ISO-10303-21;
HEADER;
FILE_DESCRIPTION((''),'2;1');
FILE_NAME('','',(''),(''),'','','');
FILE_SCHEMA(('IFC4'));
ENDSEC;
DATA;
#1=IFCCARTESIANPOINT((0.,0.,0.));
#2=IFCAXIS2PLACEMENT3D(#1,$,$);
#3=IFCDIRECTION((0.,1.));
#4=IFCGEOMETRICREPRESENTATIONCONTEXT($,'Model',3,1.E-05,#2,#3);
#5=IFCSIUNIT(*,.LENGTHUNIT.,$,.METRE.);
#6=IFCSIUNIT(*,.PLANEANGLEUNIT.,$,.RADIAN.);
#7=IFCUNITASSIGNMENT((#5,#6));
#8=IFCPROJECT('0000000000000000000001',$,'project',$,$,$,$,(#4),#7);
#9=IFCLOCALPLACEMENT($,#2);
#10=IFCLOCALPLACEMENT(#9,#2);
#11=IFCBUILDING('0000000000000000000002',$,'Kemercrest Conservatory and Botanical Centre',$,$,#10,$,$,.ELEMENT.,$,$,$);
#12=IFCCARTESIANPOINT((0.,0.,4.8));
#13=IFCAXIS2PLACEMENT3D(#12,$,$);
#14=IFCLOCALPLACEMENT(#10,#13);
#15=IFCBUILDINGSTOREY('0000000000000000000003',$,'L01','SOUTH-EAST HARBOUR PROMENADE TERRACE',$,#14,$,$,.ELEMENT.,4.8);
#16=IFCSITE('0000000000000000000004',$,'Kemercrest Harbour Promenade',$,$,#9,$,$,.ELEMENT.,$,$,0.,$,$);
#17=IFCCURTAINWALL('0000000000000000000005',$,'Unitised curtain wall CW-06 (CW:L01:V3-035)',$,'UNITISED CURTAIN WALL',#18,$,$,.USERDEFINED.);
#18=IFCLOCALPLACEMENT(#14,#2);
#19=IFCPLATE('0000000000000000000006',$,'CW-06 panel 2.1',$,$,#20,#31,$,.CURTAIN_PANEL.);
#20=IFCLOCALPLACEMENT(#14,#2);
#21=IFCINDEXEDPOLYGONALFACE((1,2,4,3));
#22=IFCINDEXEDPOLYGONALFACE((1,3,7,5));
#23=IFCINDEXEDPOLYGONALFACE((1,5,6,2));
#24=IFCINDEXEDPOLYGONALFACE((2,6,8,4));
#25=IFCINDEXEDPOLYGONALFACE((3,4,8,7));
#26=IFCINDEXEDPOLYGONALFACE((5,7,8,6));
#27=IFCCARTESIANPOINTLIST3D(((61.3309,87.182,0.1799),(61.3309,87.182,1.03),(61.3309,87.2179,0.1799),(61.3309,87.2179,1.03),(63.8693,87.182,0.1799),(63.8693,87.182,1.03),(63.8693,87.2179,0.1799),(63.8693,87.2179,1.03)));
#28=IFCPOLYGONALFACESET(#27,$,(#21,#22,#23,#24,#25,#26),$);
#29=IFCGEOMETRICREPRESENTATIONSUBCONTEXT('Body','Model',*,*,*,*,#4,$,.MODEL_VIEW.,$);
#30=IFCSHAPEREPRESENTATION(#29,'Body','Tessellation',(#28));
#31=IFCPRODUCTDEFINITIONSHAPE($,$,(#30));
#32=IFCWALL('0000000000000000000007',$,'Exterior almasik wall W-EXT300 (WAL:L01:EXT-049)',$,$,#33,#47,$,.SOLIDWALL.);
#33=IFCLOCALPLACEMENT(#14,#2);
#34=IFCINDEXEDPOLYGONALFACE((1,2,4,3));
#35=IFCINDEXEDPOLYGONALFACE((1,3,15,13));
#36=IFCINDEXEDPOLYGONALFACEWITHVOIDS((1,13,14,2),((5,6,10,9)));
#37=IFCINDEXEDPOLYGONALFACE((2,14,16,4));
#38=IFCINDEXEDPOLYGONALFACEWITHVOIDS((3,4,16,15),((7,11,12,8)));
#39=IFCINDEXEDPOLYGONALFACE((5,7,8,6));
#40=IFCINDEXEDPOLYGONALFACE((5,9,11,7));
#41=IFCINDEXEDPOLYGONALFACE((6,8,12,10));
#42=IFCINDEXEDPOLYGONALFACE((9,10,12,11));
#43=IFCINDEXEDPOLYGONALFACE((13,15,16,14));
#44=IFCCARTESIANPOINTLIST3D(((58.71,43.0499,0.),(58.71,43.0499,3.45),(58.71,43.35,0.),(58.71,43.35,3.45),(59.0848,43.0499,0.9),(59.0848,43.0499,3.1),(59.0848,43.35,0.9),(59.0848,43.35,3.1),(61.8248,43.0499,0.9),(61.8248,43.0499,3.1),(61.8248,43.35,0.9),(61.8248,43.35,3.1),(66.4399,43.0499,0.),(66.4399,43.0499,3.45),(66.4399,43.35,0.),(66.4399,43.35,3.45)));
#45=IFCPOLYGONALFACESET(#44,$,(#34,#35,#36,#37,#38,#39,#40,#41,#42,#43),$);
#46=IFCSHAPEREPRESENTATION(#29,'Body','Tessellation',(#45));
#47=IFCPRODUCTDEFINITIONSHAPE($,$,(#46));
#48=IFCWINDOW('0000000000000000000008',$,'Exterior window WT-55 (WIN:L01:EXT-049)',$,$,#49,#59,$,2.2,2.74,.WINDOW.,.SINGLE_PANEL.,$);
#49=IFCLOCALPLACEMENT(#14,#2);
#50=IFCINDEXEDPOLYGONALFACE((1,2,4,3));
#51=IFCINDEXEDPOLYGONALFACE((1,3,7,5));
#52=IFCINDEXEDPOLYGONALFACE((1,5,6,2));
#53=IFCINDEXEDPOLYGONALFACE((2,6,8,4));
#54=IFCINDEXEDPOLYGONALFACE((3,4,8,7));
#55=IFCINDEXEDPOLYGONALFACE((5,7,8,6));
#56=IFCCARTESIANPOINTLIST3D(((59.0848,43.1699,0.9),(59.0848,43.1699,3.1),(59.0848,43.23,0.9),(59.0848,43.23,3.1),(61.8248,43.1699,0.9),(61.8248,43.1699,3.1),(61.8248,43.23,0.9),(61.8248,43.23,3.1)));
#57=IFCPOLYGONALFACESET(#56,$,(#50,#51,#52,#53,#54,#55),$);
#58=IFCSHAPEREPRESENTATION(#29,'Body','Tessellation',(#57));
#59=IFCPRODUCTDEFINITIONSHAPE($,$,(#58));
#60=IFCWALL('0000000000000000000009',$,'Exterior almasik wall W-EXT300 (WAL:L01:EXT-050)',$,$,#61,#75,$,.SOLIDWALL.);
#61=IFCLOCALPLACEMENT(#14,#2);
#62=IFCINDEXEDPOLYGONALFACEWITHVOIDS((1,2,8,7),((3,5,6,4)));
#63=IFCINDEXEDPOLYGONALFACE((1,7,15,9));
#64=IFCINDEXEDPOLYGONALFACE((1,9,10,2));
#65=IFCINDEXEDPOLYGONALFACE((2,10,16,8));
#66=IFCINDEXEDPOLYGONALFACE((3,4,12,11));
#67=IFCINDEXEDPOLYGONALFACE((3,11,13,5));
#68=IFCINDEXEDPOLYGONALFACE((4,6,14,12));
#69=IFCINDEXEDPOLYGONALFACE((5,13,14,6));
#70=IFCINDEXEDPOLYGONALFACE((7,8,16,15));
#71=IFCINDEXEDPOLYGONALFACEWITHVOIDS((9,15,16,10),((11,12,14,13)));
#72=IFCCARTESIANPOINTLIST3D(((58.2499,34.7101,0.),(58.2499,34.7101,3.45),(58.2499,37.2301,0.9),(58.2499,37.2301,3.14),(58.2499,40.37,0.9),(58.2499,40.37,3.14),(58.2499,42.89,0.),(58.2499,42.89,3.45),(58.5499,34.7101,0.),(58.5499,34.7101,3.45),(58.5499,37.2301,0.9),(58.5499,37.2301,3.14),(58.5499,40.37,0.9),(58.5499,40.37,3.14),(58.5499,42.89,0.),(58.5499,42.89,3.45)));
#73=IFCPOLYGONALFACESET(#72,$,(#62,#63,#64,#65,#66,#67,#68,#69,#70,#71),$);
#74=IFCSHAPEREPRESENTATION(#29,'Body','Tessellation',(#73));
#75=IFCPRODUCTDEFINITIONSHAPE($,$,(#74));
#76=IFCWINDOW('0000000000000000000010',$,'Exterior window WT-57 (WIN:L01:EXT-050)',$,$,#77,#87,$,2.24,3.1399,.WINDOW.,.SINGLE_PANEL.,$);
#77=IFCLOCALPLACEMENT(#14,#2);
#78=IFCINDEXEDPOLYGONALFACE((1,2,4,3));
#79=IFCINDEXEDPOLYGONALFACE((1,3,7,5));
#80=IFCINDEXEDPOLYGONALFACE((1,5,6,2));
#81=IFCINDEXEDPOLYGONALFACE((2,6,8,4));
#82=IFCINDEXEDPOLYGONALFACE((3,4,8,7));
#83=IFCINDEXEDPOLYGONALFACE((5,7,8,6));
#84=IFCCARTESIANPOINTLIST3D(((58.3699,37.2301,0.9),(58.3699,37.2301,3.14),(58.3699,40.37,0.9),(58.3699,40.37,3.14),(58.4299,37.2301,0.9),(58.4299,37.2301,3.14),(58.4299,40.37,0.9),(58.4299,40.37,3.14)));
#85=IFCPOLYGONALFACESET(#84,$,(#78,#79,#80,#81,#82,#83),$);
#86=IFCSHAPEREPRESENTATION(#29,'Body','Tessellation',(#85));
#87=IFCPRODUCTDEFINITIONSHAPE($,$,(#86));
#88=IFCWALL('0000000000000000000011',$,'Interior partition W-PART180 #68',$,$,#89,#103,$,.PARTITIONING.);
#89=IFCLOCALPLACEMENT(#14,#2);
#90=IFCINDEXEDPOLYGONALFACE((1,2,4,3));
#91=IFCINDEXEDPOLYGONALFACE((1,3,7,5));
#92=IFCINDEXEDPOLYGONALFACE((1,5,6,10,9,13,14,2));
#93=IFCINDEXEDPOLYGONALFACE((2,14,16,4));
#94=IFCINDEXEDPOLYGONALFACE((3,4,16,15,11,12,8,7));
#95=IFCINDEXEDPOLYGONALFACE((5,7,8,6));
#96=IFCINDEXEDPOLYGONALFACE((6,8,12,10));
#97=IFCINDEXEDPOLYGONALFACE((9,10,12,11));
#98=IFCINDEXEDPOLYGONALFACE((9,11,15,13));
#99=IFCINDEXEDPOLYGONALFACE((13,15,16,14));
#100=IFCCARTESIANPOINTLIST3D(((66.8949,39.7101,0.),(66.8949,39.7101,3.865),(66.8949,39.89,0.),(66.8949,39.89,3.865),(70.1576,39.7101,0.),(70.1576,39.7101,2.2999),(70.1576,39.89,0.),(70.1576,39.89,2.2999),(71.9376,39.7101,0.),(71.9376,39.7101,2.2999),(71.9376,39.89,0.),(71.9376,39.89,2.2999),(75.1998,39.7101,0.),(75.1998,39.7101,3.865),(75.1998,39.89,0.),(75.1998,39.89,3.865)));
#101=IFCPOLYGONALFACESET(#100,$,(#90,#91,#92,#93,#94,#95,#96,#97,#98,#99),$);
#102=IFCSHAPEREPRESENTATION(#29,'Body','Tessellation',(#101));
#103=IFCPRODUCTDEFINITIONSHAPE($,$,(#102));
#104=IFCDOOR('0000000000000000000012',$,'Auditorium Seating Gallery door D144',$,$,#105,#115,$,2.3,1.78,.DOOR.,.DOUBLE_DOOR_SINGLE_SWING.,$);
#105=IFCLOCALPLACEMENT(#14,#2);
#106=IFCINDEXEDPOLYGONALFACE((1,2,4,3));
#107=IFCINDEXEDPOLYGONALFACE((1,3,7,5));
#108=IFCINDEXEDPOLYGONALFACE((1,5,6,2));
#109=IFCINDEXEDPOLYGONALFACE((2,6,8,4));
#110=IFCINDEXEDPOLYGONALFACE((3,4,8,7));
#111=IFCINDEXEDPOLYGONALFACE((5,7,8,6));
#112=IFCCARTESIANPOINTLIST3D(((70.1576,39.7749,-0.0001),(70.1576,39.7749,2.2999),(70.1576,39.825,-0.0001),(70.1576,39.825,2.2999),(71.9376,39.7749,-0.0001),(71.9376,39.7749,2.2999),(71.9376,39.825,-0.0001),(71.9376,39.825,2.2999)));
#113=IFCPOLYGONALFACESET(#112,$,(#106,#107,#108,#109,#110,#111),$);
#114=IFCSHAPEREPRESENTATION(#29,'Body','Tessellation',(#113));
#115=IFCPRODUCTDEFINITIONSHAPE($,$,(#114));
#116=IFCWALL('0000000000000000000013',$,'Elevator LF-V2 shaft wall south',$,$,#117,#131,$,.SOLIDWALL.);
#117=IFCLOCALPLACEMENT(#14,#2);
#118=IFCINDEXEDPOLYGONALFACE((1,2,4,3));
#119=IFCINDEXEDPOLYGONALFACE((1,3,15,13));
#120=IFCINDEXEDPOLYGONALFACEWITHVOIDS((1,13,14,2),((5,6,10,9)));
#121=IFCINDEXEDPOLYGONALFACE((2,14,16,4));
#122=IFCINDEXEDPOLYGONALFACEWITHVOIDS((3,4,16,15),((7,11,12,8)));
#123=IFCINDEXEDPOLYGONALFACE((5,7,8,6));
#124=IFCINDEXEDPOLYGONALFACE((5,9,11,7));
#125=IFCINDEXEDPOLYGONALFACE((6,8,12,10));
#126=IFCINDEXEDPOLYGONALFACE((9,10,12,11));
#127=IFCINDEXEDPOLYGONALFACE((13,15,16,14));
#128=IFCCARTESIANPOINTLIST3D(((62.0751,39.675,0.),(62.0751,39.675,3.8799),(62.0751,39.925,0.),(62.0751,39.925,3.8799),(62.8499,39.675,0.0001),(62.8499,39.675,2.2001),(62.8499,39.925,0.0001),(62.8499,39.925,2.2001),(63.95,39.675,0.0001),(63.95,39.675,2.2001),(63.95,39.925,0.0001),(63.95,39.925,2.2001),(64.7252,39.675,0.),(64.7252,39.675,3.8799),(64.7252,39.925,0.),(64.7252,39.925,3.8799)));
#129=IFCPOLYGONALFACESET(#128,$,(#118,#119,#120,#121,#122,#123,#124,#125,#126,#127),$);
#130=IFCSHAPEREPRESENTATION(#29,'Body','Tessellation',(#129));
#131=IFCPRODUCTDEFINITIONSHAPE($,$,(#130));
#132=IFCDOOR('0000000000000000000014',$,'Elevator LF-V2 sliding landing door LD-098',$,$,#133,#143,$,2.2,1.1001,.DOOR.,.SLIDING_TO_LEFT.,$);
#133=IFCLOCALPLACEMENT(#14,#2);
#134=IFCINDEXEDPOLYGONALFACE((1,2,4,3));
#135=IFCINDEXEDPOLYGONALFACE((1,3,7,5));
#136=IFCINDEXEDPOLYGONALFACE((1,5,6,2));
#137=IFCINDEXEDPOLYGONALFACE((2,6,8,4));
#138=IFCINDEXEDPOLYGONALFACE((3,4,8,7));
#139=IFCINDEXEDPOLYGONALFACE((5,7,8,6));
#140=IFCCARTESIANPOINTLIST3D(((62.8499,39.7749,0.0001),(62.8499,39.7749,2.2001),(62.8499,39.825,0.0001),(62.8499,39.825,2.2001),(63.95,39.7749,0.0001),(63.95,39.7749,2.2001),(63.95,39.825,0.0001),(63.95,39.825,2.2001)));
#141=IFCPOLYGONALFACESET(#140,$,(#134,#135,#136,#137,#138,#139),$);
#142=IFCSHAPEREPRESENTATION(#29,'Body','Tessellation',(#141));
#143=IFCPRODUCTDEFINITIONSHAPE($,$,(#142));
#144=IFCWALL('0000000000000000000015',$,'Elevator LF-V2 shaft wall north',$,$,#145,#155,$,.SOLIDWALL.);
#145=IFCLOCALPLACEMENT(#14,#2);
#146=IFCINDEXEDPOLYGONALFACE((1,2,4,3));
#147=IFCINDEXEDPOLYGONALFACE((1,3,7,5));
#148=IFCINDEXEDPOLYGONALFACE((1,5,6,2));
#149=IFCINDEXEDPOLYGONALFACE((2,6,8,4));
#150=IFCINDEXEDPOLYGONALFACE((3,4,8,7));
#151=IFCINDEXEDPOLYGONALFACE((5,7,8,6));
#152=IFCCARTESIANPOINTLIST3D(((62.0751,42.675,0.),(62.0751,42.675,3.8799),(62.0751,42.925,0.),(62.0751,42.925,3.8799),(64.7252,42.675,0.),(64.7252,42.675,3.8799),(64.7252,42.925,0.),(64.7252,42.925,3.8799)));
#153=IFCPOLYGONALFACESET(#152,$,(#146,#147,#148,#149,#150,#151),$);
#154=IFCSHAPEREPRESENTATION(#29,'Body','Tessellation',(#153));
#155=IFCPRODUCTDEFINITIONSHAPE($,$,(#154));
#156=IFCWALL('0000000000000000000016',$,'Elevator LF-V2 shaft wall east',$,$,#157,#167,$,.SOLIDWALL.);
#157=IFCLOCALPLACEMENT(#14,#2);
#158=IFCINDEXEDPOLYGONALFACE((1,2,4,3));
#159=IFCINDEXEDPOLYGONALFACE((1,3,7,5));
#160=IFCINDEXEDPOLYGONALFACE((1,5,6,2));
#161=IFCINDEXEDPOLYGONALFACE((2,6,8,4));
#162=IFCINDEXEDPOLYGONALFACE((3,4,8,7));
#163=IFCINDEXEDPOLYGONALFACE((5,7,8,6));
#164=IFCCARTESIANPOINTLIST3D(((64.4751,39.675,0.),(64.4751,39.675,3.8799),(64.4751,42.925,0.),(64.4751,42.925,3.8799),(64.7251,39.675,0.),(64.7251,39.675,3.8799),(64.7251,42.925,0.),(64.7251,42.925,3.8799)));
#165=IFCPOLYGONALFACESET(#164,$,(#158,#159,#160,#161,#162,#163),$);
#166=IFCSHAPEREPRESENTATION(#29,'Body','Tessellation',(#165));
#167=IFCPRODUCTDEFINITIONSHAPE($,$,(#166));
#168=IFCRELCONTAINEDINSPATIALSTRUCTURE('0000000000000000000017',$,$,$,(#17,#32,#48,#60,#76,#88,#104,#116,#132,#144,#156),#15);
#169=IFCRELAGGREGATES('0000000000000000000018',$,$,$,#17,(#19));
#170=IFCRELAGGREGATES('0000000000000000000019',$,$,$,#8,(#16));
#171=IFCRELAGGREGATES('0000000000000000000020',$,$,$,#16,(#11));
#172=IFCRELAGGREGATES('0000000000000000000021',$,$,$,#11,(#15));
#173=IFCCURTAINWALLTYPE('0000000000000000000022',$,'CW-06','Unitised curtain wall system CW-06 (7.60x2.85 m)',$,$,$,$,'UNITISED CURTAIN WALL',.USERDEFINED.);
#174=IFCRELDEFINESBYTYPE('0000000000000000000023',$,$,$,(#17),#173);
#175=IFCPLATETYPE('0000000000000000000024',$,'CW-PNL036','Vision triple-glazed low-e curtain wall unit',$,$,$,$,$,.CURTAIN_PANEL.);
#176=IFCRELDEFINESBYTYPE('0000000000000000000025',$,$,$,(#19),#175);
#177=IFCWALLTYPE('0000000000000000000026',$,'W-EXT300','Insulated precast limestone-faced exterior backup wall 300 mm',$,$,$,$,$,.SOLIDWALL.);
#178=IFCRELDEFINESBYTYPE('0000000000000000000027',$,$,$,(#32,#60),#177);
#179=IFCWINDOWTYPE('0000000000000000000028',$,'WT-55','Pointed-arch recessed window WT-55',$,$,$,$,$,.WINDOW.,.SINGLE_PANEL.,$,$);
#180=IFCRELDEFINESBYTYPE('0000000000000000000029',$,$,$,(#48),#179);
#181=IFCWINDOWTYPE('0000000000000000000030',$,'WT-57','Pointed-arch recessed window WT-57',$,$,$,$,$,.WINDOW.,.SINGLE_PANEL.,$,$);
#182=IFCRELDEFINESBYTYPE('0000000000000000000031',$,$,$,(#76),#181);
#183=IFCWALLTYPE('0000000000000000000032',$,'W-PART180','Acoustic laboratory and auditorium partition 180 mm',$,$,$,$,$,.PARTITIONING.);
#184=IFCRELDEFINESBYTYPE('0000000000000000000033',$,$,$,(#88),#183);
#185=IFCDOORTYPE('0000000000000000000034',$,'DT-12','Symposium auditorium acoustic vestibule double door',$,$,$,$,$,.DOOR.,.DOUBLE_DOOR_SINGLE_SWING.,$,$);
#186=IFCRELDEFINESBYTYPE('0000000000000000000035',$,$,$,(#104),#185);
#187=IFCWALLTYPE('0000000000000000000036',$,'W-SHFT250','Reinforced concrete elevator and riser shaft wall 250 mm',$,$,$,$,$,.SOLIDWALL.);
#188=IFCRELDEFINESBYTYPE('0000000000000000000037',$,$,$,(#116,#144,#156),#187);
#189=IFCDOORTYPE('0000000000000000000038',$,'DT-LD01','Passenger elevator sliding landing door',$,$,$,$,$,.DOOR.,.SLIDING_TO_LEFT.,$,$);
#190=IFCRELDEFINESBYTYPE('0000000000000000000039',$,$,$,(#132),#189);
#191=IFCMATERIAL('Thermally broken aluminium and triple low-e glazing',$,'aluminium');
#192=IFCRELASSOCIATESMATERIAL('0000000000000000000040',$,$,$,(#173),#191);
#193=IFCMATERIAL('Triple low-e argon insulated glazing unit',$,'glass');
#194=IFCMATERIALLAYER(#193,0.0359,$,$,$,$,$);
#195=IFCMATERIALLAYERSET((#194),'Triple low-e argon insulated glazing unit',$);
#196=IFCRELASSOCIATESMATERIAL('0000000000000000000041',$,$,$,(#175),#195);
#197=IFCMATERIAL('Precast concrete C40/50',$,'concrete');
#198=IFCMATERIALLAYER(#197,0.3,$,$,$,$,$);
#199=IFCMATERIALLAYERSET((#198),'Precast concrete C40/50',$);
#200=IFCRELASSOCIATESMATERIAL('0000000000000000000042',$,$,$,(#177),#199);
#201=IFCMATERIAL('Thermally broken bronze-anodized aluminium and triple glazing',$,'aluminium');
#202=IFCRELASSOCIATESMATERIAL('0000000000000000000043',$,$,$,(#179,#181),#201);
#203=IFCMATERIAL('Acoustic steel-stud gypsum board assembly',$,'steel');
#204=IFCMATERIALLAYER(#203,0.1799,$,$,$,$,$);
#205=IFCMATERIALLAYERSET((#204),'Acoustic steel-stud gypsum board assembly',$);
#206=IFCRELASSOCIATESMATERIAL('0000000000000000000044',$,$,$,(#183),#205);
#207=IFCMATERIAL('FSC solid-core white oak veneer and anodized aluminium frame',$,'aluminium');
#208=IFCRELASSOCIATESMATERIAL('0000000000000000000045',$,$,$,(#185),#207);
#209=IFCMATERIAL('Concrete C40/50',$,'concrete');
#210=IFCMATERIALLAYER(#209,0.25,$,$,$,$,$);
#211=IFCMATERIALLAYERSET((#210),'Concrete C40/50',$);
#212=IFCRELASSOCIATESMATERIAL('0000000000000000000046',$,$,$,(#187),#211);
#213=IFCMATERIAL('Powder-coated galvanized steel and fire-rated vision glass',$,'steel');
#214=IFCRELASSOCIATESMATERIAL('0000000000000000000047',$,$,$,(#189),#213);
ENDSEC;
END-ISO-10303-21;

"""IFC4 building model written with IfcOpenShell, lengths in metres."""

from ifc_helpers import new_model, si_unit, direction, frame, frame_2d, origin, origin_2d, place, context, subcontext, project, spatial, rectangle, extrude, material, layer, layer_set, type_object, element, fill, aggregate, save


model = new_model("IFC4")

# Units and contexts
model_context = context("Model", 3, precision=1e-05, world=origin(), true_north=direction((0.0, 1.0)))
body_context = subcontext(model_context, "Body", "Model", "MODEL_VIEW")
ifc_project = project(units=[si_unit("LENGTHUNIT", "METRE"), si_unit("PLANEANGLEUNIT", "RADIAN")], contexts=[model_context])

# Site, building, storey
site_placement = place(None, origin())
site = spatial("IfcSite", under=ifc_project, at=site_placement, Name="Kemercrest Harbour Promenade", CompositionType="ELEMENT", RefElevation=0.0)
building_placement = place(site_placement, origin())
building = spatial("IfcBuilding", under=site, at=building_placement, Name="Kemercrest Conservatory and Botanical Centre", CompositionType="ELEMENT")
storey_placement = place(building_placement, frame((0.0, 0.0, 4.8)))
storey = spatial("IfcBuildingStorey", under=building, at=storey_placement, Name="L01", Description="SOUTH-EAST HARBOUR PROMENADE TERRACE", CompositionType="ELEMENT", Elevation=4.8)

# Shared definitions
ifc_material_1 = material(Name="Concrete C40/50", Category="concrete")

# Curtain wall
ifc_material_2 = material(Name="Thermally broken aluminium and triple low-e glazing", Category="aluminium")
curtain_wall_type = type_object("IfcCurtainWallType", Name="CW-06", Description="Unitised curtain wall system CW-06 (7.60x2.85 m)", ElementType="UNITISED CURTAIN WALL", PredefinedType="USERDEFINED", material=ifc_material_2)
curtain_wall_placement = place(storey_placement, origin())
curtain_wall = element("IfcCurtainWall", 1, at=curtain_wall_placement, inside=storey, type_object=curtain_wall_type, Name="Unitised curtain wall CW-06 (CW:L01:V3-035)", ObjectType="UNITISED CURTAIN WALL", PredefinedType="USERDEFINED")

# Plate
ifc_material_3 = material(Name="Triple low-e argon insulated glazing unit", Category="glass")
ifc_layer_1 = layer(ifc_material_3, 0.0359)
ifc_layer_set_1 = layer_set([ifc_layer_1], Name="Triple low-e argon insulated glazing unit")
plate_type = type_object("IfcPlateType", Name="CW-PNL036", Description="Vision triple-glazed low-e curtain wall unit", PredefinedType="CURTAIN_PANEL", material=ifc_layer_set_1)
plate_1_placement = place(storey_placement, frame((62.6001, 87.2, 0.1799), z_axis=(0.0, 0.0, 1.0), x_axis=(1.0, 0.0, 0.0)))
plate_1 = element("IfcPlate", 2, at=plate_1_placement, type_object=plate_type, Name="CW-06 panel 2.1", PredefinedType="CURTAIN_PANEL", context=body_context, shape_type="SweptSolid", body=[
    extrude(rectangle(XDim=2.5383, YDim=0.0359, at=origin_2d()), origin(), (0.0, 0.0, 1.0), 0.8501),
])
aggregate(curtain_wall, [plate_1])

# Walls, openings, windows
ifc_material_4 = material(Name="Precast concrete C40/50", Category="concrete")
ifc_layer_2 = layer(ifc_material_4, 0.3)
ifc_layer_set_2 = layer_set([ifc_layer_2], Name="Precast concrete C40/50")
wall_type_1 = type_object("IfcWallType", Name="W-EXT300", Description="Insulated precast limestone-faced exterior backup wall 300 mm", PredefinedType="SOLIDWALL", material=ifc_layer_set_2)
wall_1_placement = place(storey_placement, frame((66.4399, 43.2, 0.0), z_axis=(0.0, 0.0, 1.0), x_axis=(-1.0, 0.0, 0.0)))
wall_1 = element("IfcWall", 3, at=wall_1_placement, inside=storey, type_object=wall_type_1, Name="Exterior almasik wall W-EXT300 (WAL:L01:EXT-049)", PredefinedType="SOLIDWALL", context=body_context, shape_type="SweptSolid", body=[
    extrude(rectangle(XDim=7.73, YDim=0.3, at=frame_2d((3.865, 0.0))), origin(), (0.0, 0.0, 1.0), 3.45),
])
opening_1_placement = place(wall_1_placement, frame((4.615, 0.0, 0.8999)))
opening_1 = element("IfcOpeningElement", 4, at=opening_1_placement, cuts=wall_1, PredefinedType="OPENING", context=body_context, shape_type="SweptSolid", body=[
    extrude(rectangle(XDim=2.74, YDim=2.2, at=frame_2d((1.3701, 1.1001))), frame((0.0, 0.1602, 0.0), z_axis=(0.0, -1.0, 0.0), x_axis=(1.0, 0.0, 0.0)), (0.0, 0.0, 1.0), 0.3201),
])
ifc_material_5 = material(Name="Thermally broken bronze-anodized aluminium and triple glazing", Category="aluminium")
window_type_1 = type_object("IfcWindowType", Name="WT-55", Description="Pointed-arch recessed window WT-55", PartitioningType="SINGLE_PANEL", PredefinedType="WINDOW", material=ifc_material_5)
window_1_placement = place(opening_1_placement, origin())
window_1 = element("IfcWindow", 5, at=window_1_placement, inside=storey, type_object=window_type_1, Name="Exterior window WT-55 (WIN:L01:EXT-049)", OverallHeight=2.2, OverallWidth=2.74, PartitioningType="SINGLE_PANEL", PredefinedType="WINDOW", context=body_context, shape_type="SweptSolid", body=[
    extrude(rectangle(XDim=2.74, YDim=2.2, at=frame_2d((1.3701, 1.1001))), frame((0.0, 0.03, 0.0), z_axis=(0.0, -1.0, 0.0), x_axis=(1.0, 0.0, 0.0)), (0.0, 0.0, 1.0), 0.0601),
])
fill(opening_1, window_1)
wall_2_placement = place(storey_placement, frame((58.3999, 42.8899, 0.0), z_axis=(0.0, 0.0, 1.0), x_axis=(0.0, -1.0, 0.0)))
wall_2 = element("IfcWall", 6, at=wall_2_placement, inside=storey, type_object=wall_type_1, Name="Exterior almasik wall W-EXT300 (WAL:L01:EXT-050)", PredefinedType="SOLIDWALL", context=body_context, shape_type="SweptSolid", body=[
    extrude(rectangle(XDim=8.1799, YDim=0.3, at=frame_2d((4.0898, 0.0))), origin(), (0.0, 0.0, 1.0), 3.45),
])
opening_2_placement = place(wall_2_placement, frame((2.52, 0.0, 0.8999)))
opening_2 = element("IfcOpeningElement", 7, at=opening_2_placement, cuts=wall_2, PredefinedType="OPENING", context=body_context, shape_type="SweptSolid", body=[
    extrude(rectangle(XDim=3.1399, YDim=2.24, at=frame_2d((1.5698, 1.1201))), frame((0.0, 0.1602, 0.0), z_axis=(0.0, -1.0, 0.0), x_axis=(1.0, 0.0, 0.0)), (0.0, 0.0, 1.0), 0.3201),
])
window_type_2 = type_object("IfcWindowType", Name="WT-57", Description="Pointed-arch recessed window WT-57", PartitioningType="SINGLE_PANEL", PredefinedType="WINDOW", material=ifc_material_5)
window_2_placement = place(opening_2_placement, origin())
window_2 = element("IfcWindow", 8, at=window_2_placement, inside=storey, type_object=window_type_2, Name="Exterior window WT-57 (WIN:L01:EXT-050)", OverallHeight=2.24, OverallWidth=3.1399, PartitioningType="SINGLE_PANEL", PredefinedType="WINDOW", context=body_context, shape_type="SweptSolid", body=[
    extrude(rectangle(XDim=3.1399, YDim=2.24, at=frame_2d((1.5698, 1.1201))), frame((0.0, 0.03, 0.0), z_axis=(0.0, -1.0, 0.0), x_axis=(1.0, 0.0, 0.0)), (0.0, 0.0, 1.0), 0.0601),
])
fill(opening_2, window_2)

# Walls, openings, doors
ifc_material_6 = material(Name="Acoustic steel-stud gypsum board assembly", Category="steel")
ifc_layer_3 = layer(ifc_material_6, 0.1799)
ifc_layer_set_3 = layer_set([ifc_layer_3], Name="Acoustic steel-stud gypsum board assembly")
wall_type_2 = type_object("IfcWallType", Name="W-PART180", Description="Acoustic laboratory and auditorium partition 180 mm", PredefinedType="PARTITIONING", material=ifc_layer_set_3)
wall_3_placement = place(storey_placement, frame((66.895, 39.8, 0.0), z_axis=(0.0, 0.0, 1.0), x_axis=(1.0, 0.0, 0.0)))
wall_3 = element("IfcWall", 9, at=wall_3_placement, inside=storey, type_object=wall_type_2, Name="Interior partition W-PART180 #68", PredefinedType="PARTITIONING", context=body_context, shape_type="SweptSolid", body=[
    extrude(rectangle(XDim=8.3049, YDim=0.1799, at=frame_2d((4.1523, 0.0))), origin(), (0.0, 0.0, 1.0), 3.865),
])
opening_3_placement = place(wall_3_placement, frame((3.2625, 0.0, 0.0)))
opening_3 = element("IfcOpeningElement", 10, at=opening_3_placement, cuts=wall_3, PredefinedType="OPENING", context=body_context, shape_type="SweptSolid", body=[
    extrude(rectangle(XDim=1.78, YDim=2.3, at=frame_2d((0.8901, 1.1499))), frame((0.0, 0.1001, 0.0), z_axis=(0.0, -1.0, 0.0), x_axis=(1.0, 0.0, 0.0)), (0.0, 0.0, 1.0), 0.2),
])
ifc_material_7 = material(Name="FSC solid-core white oak veneer and anodized aluminium frame", Category="aluminium")
door_type_1 = type_object("IfcDoorType", Name="DT-12", Description="Symposium auditorium acoustic vestibule double door", OperationType="DOUBLE_DOOR_SINGLE_SWING", PredefinedType="DOOR", material=ifc_material_7)
door_1_placement = place(opening_3_placement, origin())
door_1 = element("IfcDoor", 11, at=door_1_placement, inside=storey, type_object=door_type_1, Name="Auditorium Seating Gallery door D144", OperationType="DOUBLE_DOOR_SINGLE_SWING", OverallHeight=2.3, OverallWidth=1.78, PredefinedType="DOOR", context=body_context, shape_type="SweptSolid", body=[
    extrude(rectangle(XDim=1.78, YDim=2.3, at=frame_2d((0.8901, 1.1499))), frame((0.0, 0.0249, 0.0), z_axis=(0.0, -1.0, 0.0), x_axis=(1.0, 0.0, 0.0)), (0.0, 0.0, 1.0), 0.05),
])
fill(opening_3, door_1)
ifc_layer_4 = layer(ifc_material_1, 0.25)
ifc_layer_set_4 = layer_set([ifc_layer_4], Name="Concrete C40/50")
wall_type_3 = type_object("IfcWallType", Name="W-SHFT250", Description="Reinforced concrete elevator and riser shaft wall 250 mm", PredefinedType="SOLIDWALL", material=ifc_layer_set_4)
wall_4_placement = place(storey_placement, frame((62.075, 39.8, 0.0), z_axis=(0.0, 0.0, 1.0), x_axis=(1.0, 0.0, 0.0)))
wall_4 = element("IfcWall", 12, at=wall_4_placement, inside=storey, type_object=wall_type_3, Name="Elevator LF-V2 shaft wall south", PredefinedType="SOLIDWALL", context=body_context, shape_type="SweptSolid", body=[
    extrude(rectangle(XDim=2.6501, YDim=0.25, at=frame_2d((1.3252, 0.0))), origin(), (0.0, 0.0, 1.0), 3.8799),
])
opening_4_placement = place(wall_4_placement, frame((0.7749, 0.0, 0.0)))
opening_4 = element("IfcOpeningElement", 13, at=opening_4_placement, cuts=wall_4, PredefinedType="OPENING", context=body_context, shape_type="SweptSolid", body=[
    extrude(rectangle(XDim=1.1001, YDim=2.2, at=frame_2d((0.55, 1.1001))), frame((0.0, 0.135, 0.0), z_axis=(0.0, -1.0, 0.0), x_axis=(1.0, 0.0, 0.0)), (0.0, 0.0, 1.0), 0.27),
])
ifc_material_8 = material(Name="Powder-coated galvanized steel and fire-rated vision glass", Category="steel")
door_type_2 = type_object("IfcDoorType", Name="DT-LD01", Description="Passenger elevator sliding landing door", OperationType="SLIDING_TO_LEFT", PredefinedType="DOOR", material=ifc_material_8)
door_2_placement = place(opening_4_placement, origin())
door_2 = element("IfcDoor", 14, at=door_2_placement, inside=storey, type_object=door_type_2, Name="Elevator LF-V2 sliding landing door LD-098", OperationType="SLIDING_TO_LEFT", OverallHeight=2.2, OverallWidth=1.1001, PredefinedType="DOOR", context=body_context, shape_type="SweptSolid", body=[
    extrude(rectangle(XDim=1.1001, YDim=2.2, at=frame_2d((0.55, 1.1001))), frame((0.0, 0.0249, 0.0), z_axis=(0.0, -1.0, 0.0), x_axis=(1.0, 0.0, 0.0)), (0.0, 0.0, 1.0), 0.05),
])
fill(opening_4, door_2)

# Walls
wall_5_placement = place(storey_placement, frame((62.075, 42.8, 0.0), z_axis=(0.0, 0.0, 1.0), x_axis=(1.0, 0.0, 0.0)))
element("IfcWall", 15, at=wall_5_placement, inside=storey, type_object=wall_type_3, Name="Elevator LF-V2 shaft wall north", PredefinedType="SOLIDWALL", context=body_context, shape_type="SweptSolid", body=[
    extrude(rectangle(XDim=2.6501, YDim=0.25, at=frame_2d((1.3252, 0.0))), origin(), (0.0, 0.0, 1.0), 3.8799),
])
wall_6_placement = place(storey_placement, frame((64.6001, 39.675, 0.0), z_axis=(0.0, 0.0, 1.0), x_axis=(0.0, 1.0, 0.0)))
element("IfcWall", 16, at=wall_6_placement, inside=storey, type_object=wall_type_3, Name="Elevator LF-V2 shaft wall east", PredefinedType="SOLIDWALL", context=body_context, shape_type="SweptSolid", body=[
    extrude(rectangle(XDim=3.25, YDim=0.25, at=frame_2d((1.625, 0.0))), origin(), (0.0, 0.0, 1.0), 3.8799),
])

save(model, "model.ifc")
